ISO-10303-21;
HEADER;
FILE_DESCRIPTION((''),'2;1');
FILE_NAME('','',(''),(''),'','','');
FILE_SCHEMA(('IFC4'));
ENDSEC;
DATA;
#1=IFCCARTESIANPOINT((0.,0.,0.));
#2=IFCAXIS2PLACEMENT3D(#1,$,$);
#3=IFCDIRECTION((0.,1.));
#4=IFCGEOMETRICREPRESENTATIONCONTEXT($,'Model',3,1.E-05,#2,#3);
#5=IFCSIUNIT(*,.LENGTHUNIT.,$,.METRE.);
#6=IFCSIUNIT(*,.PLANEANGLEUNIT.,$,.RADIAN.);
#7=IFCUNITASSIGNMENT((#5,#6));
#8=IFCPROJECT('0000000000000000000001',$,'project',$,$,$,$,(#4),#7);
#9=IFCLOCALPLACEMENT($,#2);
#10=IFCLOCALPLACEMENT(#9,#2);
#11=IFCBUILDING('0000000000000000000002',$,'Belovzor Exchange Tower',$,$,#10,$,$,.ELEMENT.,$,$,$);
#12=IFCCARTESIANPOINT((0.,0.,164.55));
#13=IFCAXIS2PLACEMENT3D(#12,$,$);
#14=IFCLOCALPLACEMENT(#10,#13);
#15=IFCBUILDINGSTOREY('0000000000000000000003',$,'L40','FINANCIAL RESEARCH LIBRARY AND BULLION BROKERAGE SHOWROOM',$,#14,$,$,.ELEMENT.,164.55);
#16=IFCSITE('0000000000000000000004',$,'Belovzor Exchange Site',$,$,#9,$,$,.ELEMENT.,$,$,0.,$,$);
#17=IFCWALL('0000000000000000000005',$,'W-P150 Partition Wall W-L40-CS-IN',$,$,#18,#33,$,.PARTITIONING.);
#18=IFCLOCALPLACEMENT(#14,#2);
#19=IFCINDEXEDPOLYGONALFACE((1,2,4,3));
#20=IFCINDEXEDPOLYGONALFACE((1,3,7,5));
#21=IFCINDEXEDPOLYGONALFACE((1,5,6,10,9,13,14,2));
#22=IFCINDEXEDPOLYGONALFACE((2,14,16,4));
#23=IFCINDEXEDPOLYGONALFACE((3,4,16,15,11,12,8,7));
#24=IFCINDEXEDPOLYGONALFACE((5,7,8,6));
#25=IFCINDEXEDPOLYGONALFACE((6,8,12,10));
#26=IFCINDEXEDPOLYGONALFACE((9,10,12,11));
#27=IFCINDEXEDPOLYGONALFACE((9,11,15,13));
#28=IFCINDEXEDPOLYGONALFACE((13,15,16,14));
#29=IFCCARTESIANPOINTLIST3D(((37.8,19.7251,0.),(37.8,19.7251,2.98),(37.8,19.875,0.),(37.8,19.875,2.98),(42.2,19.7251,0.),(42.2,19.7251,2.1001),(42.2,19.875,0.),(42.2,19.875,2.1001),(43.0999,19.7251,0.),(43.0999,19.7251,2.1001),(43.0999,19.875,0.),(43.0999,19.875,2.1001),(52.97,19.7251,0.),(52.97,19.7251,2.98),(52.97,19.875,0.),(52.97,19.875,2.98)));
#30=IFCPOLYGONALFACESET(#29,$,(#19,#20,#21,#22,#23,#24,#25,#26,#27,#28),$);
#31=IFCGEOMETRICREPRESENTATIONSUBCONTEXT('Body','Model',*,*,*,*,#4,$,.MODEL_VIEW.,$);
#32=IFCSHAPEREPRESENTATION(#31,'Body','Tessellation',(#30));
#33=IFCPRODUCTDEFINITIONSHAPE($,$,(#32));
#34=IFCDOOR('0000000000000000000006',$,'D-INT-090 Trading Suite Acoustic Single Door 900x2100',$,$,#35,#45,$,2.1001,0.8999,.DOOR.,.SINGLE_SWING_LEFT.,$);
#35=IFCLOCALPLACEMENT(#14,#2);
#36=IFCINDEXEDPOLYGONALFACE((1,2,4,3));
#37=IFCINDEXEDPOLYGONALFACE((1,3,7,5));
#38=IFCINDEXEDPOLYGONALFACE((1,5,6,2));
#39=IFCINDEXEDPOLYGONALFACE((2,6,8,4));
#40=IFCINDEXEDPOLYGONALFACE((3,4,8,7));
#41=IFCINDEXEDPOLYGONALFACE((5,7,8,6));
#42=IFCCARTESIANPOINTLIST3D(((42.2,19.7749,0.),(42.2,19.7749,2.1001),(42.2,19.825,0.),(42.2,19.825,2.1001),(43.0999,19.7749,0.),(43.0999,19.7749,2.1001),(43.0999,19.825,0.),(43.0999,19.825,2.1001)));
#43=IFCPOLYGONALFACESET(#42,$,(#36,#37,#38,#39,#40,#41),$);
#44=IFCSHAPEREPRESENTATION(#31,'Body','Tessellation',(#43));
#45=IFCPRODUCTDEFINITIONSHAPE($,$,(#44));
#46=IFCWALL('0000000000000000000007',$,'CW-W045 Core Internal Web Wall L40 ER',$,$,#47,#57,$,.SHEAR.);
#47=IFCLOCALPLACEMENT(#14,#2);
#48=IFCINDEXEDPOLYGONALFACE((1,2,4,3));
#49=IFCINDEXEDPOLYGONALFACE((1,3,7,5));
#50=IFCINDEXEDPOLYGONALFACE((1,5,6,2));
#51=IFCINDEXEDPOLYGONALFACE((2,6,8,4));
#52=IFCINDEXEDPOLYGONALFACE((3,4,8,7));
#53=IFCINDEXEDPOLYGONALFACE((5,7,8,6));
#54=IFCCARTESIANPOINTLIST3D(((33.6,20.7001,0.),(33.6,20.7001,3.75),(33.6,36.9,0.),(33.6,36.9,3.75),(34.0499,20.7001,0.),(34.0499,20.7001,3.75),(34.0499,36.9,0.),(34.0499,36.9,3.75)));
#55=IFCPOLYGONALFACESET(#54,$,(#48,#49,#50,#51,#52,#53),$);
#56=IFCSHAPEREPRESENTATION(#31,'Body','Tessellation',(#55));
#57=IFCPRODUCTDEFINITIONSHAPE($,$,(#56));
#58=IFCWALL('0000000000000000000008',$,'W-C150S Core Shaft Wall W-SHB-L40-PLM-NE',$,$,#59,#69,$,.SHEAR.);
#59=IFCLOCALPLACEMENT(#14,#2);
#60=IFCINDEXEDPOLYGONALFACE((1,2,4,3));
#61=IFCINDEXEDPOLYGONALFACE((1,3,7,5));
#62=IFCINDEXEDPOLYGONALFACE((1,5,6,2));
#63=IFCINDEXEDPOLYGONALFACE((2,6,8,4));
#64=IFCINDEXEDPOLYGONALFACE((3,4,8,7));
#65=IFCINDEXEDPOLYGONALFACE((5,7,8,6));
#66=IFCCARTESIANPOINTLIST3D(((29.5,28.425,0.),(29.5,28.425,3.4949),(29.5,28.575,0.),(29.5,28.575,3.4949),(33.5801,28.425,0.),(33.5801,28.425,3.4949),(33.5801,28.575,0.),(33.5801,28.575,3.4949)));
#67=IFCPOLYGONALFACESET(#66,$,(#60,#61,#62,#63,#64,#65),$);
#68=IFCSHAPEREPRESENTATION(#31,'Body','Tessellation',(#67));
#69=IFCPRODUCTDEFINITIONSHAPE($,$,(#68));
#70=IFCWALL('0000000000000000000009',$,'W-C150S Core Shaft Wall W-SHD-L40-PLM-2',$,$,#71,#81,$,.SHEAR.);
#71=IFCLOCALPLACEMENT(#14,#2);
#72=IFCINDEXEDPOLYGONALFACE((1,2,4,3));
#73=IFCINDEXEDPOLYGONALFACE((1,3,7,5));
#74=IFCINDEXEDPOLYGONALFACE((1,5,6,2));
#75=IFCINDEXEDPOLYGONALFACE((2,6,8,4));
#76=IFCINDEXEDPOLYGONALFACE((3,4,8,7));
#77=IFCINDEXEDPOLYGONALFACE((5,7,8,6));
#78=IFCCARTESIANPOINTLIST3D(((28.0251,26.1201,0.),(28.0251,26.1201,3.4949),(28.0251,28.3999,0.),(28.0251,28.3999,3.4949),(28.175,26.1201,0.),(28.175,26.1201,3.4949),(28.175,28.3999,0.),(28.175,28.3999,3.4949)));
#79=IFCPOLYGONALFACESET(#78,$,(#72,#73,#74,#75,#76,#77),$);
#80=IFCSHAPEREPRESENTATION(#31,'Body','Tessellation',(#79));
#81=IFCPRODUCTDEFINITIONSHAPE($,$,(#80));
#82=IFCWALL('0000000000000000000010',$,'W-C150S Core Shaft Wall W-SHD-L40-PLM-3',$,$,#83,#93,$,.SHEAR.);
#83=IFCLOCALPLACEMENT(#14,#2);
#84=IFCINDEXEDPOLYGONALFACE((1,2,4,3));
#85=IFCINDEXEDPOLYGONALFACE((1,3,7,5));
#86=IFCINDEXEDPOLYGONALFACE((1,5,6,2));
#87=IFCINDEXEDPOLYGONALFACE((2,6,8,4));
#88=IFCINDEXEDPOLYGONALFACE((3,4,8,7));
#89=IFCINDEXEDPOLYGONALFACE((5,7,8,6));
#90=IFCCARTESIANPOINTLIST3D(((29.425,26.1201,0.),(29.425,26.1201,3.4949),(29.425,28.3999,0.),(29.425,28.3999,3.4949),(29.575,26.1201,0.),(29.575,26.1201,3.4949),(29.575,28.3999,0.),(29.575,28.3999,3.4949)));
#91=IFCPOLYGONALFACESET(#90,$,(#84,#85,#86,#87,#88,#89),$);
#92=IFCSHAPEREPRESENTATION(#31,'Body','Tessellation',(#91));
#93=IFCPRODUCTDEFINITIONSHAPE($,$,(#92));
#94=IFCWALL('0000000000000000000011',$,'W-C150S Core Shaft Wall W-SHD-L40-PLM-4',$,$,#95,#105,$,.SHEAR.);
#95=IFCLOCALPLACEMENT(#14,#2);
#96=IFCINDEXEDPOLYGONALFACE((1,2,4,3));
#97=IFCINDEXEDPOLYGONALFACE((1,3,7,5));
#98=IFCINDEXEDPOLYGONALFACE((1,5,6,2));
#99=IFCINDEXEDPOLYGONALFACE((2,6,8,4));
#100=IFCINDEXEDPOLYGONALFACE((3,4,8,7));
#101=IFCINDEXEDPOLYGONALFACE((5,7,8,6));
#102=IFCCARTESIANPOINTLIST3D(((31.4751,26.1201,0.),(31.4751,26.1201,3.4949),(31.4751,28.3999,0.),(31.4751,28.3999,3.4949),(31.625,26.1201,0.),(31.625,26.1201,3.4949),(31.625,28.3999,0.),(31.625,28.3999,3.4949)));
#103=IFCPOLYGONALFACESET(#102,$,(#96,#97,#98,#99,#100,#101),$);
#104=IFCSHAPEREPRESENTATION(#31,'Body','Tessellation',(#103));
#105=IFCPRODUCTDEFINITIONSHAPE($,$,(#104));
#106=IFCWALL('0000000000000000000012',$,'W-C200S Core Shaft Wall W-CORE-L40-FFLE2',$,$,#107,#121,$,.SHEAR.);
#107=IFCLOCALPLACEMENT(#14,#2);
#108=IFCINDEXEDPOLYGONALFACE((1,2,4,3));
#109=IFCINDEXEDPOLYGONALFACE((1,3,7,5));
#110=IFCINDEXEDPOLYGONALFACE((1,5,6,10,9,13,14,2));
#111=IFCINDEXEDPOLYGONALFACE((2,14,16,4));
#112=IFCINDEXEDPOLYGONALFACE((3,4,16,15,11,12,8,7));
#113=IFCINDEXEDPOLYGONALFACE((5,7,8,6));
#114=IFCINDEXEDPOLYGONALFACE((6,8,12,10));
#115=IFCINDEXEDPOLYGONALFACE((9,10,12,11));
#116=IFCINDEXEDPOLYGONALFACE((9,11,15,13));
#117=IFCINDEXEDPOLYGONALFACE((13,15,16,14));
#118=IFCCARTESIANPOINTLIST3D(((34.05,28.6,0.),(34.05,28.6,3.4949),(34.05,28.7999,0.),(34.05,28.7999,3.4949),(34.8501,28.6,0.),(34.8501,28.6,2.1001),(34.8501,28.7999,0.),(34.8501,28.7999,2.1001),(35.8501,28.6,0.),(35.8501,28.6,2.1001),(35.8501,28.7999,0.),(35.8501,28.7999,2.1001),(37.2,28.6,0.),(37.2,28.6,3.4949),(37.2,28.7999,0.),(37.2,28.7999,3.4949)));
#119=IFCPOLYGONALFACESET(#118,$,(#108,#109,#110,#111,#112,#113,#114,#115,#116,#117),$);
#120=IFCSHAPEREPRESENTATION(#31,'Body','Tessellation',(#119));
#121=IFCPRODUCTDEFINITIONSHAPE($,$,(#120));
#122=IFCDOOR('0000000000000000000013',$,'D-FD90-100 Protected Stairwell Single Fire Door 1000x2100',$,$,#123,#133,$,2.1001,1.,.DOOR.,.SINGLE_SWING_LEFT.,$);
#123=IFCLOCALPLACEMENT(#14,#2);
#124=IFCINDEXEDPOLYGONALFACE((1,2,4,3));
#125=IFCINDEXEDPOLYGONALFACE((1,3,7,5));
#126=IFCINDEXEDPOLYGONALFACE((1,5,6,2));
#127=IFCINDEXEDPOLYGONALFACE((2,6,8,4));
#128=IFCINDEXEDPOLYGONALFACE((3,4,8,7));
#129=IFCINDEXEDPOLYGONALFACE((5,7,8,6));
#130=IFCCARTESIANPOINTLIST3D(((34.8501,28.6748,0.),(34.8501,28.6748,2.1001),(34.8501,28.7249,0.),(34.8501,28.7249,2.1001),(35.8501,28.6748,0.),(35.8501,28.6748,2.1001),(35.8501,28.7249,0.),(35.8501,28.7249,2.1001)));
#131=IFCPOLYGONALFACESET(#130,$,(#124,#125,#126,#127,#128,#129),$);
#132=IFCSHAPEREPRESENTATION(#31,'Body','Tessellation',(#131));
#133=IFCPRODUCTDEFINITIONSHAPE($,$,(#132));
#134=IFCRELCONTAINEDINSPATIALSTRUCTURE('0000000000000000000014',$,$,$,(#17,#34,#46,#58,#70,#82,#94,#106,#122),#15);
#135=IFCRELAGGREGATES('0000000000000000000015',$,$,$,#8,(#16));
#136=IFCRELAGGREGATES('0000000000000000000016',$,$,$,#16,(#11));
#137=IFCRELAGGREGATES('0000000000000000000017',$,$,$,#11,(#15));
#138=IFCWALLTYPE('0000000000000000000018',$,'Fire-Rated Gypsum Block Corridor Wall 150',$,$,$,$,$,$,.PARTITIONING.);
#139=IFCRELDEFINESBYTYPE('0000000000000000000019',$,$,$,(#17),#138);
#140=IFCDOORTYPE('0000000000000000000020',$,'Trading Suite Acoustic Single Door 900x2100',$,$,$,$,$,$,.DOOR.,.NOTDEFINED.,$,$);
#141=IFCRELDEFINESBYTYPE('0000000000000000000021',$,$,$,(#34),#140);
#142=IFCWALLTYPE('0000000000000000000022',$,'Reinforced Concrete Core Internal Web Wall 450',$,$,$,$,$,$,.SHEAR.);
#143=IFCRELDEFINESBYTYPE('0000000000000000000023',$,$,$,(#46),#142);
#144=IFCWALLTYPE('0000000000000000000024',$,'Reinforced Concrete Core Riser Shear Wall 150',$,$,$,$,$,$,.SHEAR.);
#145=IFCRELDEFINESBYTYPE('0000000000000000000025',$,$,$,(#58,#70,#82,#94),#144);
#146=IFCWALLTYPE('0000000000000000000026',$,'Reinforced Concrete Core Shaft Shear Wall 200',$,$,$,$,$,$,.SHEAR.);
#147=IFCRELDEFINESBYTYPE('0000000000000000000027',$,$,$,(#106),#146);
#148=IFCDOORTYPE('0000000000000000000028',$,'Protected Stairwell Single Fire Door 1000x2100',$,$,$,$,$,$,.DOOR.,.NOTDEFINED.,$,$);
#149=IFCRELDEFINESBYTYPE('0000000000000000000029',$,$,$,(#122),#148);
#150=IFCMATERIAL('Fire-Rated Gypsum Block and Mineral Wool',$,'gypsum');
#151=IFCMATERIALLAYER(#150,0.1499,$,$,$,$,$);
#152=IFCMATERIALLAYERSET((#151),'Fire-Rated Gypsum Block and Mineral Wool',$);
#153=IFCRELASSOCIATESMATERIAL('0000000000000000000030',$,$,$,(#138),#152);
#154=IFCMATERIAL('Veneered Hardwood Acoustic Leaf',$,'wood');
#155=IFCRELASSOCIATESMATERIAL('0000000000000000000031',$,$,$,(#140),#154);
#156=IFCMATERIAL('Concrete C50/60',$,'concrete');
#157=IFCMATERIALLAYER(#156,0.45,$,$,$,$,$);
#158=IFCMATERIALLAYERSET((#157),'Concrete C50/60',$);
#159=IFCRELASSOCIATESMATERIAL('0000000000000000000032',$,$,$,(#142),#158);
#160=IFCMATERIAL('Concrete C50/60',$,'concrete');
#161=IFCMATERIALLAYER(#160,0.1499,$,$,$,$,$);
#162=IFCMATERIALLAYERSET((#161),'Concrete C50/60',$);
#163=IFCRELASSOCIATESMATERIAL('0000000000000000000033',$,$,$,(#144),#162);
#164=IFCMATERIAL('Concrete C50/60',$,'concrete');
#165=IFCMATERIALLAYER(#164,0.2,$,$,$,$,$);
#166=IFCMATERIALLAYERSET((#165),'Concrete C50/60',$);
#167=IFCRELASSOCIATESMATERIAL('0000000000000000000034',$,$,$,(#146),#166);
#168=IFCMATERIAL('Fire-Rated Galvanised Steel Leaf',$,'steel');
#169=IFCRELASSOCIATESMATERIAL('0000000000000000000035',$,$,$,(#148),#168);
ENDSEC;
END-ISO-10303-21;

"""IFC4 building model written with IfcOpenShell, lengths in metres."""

from ifc_helpers import new_model, si_unit, direction, frame, frame_2d, origin, place, context, subcontext, project, spatial, rectangle, extrude, material, layer, layer_set, type_object, element, fill, save


model = new_model("IFC4")

# Units and contexts
model_context = context("Model", 3, precision=1e-05, world=origin(), true_north=direction((0.0, 1.0)))
body_context = subcontext(model_context, "Body", "Model", "MODEL_VIEW")
ifc_project = project(units=[si_unit("LENGTHUNIT", "METRE"), si_unit("PLANEANGLEUNIT", "RADIAN")], contexts=[model_context])

# Site, building, storey
site_placement = place(None, origin())
site = spatial("IfcSite", under=ifc_project, at=site_placement, Name="Belovzor Exchange Site", CompositionType="ELEMENT", RefElevation=0.0)
building_placement = place(site_placement, origin())
building = spatial("IfcBuilding", under=site, at=building_placement, Name="Belovzor Exchange Tower", CompositionType="ELEMENT")
storey_placement = place(building_placement, frame((0.0, 0.0, 164.55)))
storey = spatial("IfcBuildingStorey", under=building, at=storey_placement, Name="L40", Description="FINANCIAL RESEARCH LIBRARY AND BULLION BROKERAGE SHOWROOM", CompositionType="ELEMENT", Elevation=164.55)

# Shared definitions
ifc_material_1 = material(Name="Fire-Rated Gypsum Block and Mineral Wool", Category="gypsum")
ifc_layer_1 = layer(ifc_material_1, 0.1499)
ifc_layer_set_1 = layer_set([ifc_layer_1], Name="Fire-Rated Gypsum Block and Mineral Wool")
wall_type_1 = type_object("IfcWallType", Name="Fire-Rated Gypsum Block Corridor Wall 150", PredefinedType="PARTITIONING", material=ifc_layer_set_1)

# Wall, opening, door
wall_1_placement = place(storey_placement, frame((37.8, 19.8, 0.0), z_axis=(0.0, 0.0, 1.0), x_axis=(1.0, 0.0, 0.0)))
wall_1 = element("IfcWall", 1, at=wall_1_placement, inside=storey, type_object=wall_type_1, Name="W-P150 Partition Wall W-L40-CS-IN", PredefinedType="PARTITIONING", context=body_context, shape_type="SweptSolid", body=[
    extrude(rectangle(XDim=15.1699, YDim=0.1499, at=frame_2d((7.585, 0.0))), origin(), (0.0, 0.0, 1.0), 2.98),
])
opening_1_placement = place(wall_1_placement, frame((4.3999, 0.0, 0.0)))
opening_1 = element("IfcOpeningElement", 2, at=opening_1_placement, cuts=wall_1, PredefinedType="OPENING", context=body_context, shape_type="SweptSolid", body=[
    extrude(rectangle(XDim=0.8999, YDim=2.1001, at=frame_2d((0.45, 1.05))), frame((0.0, 0.085, 0.0), z_axis=(0.0, -1.0, 0.0), x_axis=(1.0, 0.0, 0.0)), (0.0, 0.0, 1.0), 0.1699),
])
ifc_material_2 = material(Name="Veneered Hardwood Acoustic Leaf", Category="wood")
door_type_1 = type_object("IfcDoorType", Name="Trading Suite Acoustic Single Door 900x2100", OperationType="NOTDEFINED", PredefinedType="DOOR", material=ifc_material_2)
door_1_placement = place(opening_1_placement, origin())
door_1 = element("IfcDoor", 3, at=door_1_placement, inside=storey, type_object=door_type_1, Name="D-INT-090 Trading Suite Acoustic Single Door 900x2100", OperationType="SINGLE_SWING_LEFT", OverallHeight=2.1001, OverallWidth=0.8999, PredefinedType="DOOR", context=body_context, shape_type="SweptSolid", body=[
    extrude(rectangle(XDim=0.8999, YDim=2.1001, at=frame_2d((0.45, 1.05))), frame((0.0, 0.0249, 0.0), z_axis=(0.0, -1.0, 0.0), x_axis=(1.0, 0.0, 0.0)), (0.0, 0.0, 1.0), 0.05),
])
fill(opening_1, door_1)

# Walls
ifc_material_3 = material(Name="Concrete C50/60", Category="concrete")
ifc_layer_2 = layer(ifc_material_3, 0.45)
ifc_layer_set_2 = layer_set([ifc_layer_2], Name="Concrete C50/60")
wall_type_2 = type_object("IfcWallType", Name="Reinforced Concrete Core Internal Web Wall 450", PredefinedType="SHEAR", material=ifc_layer_set_2)
wall_2_placement = place(storey_placement, frame((33.825, 20.7, 0.0), z_axis=(0.0, 0.0, 1.0), x_axis=(0.0, 1.0, 0.0)))
element("IfcWall", 4, at=wall_2_placement, inside=storey, type_object=wall_type_2, Name="CW-W045 Core Internal Web Wall L40 ER", PredefinedType="SHEAR", context=body_context, shape_type="SweptSolid", body=[
    extrude(rectangle(XDim=16.2, YDim=0.45, at=frame_2d((8.1001, 0.0))), origin(), (0.0, 0.0, 1.0), 3.75),
])
ifc_material_4 = material(Name="Concrete C50/60", Category="concrete")
ifc_layer_3 = layer(ifc_material_4, 0.1499)
ifc_layer_set_3 = layer_set([ifc_layer_3], Name="Concrete C50/60")
wall_type_3 = type_object("IfcWallType", Name="Reinforced Concrete Core Riser Shear Wall 150", PredefinedType="SHEAR", material=ifc_layer_set_3)
wall_3_placement = place(storey_placement, frame((29.5, 28.5, 0.0), z_axis=(0.0, 0.0, 1.0), x_axis=(1.0, 0.0, 0.0)))
element("IfcWall", 5, at=wall_3_placement, inside=storey, type_object=wall_type_3, Name="W-C150S Core Shaft Wall W-SHB-L40-PLM-NE", PredefinedType="SHEAR", context=body_context, shape_type="SweptSolid", body=[
    extrude(rectangle(XDim=4.0801, YDim=0.1499, at=frame_2d((2.04, 0.0))), origin(), (0.0, 0.0, 1.0), 3.4949),
])
for number, where, z_axis, x_axis, name in (
    (6, (28.1001, 26.1201, 0.0), (0.0, 0.0, 1.0), (0.0, 1.0, 0.0), "W-C150S Core Shaft Wall W-SHD-L40-PLM-2"),
    (7, (29.5, 26.1201, 0.0), (0.0, 0.0, 1.0), (0.0, 1.0, 0.0), "W-C150S Core Shaft Wall W-SHD-L40-PLM-3"),
    (8, (31.55, 26.1201, 0.0), (0.0, 0.0, 1.0), (0.0, 1.0, 0.0), "W-C150S Core Shaft Wall W-SHD-L40-PLM-4"),
):
    element("IfcWall", number, at=place(storey_placement, frame(where, z_axis=z_axis, x_axis=x_axis)), inside=storey, type_object=wall_type_3, Name=name, PredefinedType="SHEAR", context=body_context, shape_type="SweptSolid", body=[
        extrude(rectangle(XDim=2.2798, YDim=0.1499, at=frame_2d((1.1399, 0.0))), origin(), (0.0, 0.0, 1.0), 3.4949),
    ])

# Wall, opening, door
ifc_material_5 = material(Name="Concrete C50/60", Category="concrete")
ifc_layer_4 = layer(ifc_material_5, 0.2)
ifc_layer_set_4 = layer_set([ifc_layer_4], Name="Concrete C50/60")
wall_type_4 = type_object("IfcWallType", Name="Reinforced Concrete Core Shaft Shear Wall 200", PredefinedType="SHEAR", material=ifc_layer_set_4)
wall_4_placement = place(storey_placement, frame((34.05, 28.7, 0.0), z_axis=(0.0, 0.0, 1.0), x_axis=(1.0, 0.0, 0.0)))
wall_4 = element("IfcWall", 9, at=wall_4_placement, inside=storey, type_object=wall_type_4, Name="W-C200S Core Shaft Wall W-CORE-L40-FFLE2", PredefinedType="SHEAR", context=body_context, shape_type="SweptSolid", body=[
    extrude(rectangle(XDim=3.1499, YDim=0.2, at=frame_2d((1.575, 0.0))), origin(), (0.0, 0.0, 1.0), 3.4949),
])
opening_2_placement = place(wall_4_placement, frame((0.8, 0.0, 0.0)))
opening_2 = element("IfcOpeningElement", 10, at=opening_2_placement, cuts=wall_4, PredefinedType="OPENING", context=body_context, shape_type="SweptSolid", body=[
    extrude(rectangle(XDim=1.0, YDim=2.1001, at=frame_2d((0.5, 1.05))), frame((0.0, 0.1099, 0.0), z_axis=(0.0, -1.0, 0.0), x_axis=(1.0, 0.0, 0.0)), (0.0, 0.0, 1.0), 0.22),
])
ifc_material_6 = material(Name="Fire-Rated Galvanised Steel Leaf", Category="steel")
door_type_2 = type_object("IfcDoorType", Name="Protected Stairwell Single Fire Door 1000x2100", OperationType="NOTDEFINED", PredefinedType="DOOR", material=ifc_material_6)
door_2_placement = place(opening_2_placement, origin())
door_2 = element("IfcDoor", 11, at=door_2_placement, inside=storey, type_object=door_type_2, Name="D-FD90-100 Protected Stairwell Single Fire Door 1000x2100", OperationType="SINGLE_SWING_LEFT", OverallHeight=2.1001, OverallWidth=1.0, PredefinedType="DOOR", context=body_context, shape_type="SweptSolid", body=[
    extrude(rectangle(XDim=1.0, YDim=2.1001, at=frame_2d((0.5, 1.05))), frame((0.0, 0.0249, 0.0), z_axis=(0.0, -1.0, 0.0), x_axis=(1.0, 0.0, 0.0)), (0.0, 0.0, 1.0), 0.05),
])
fill(opening_2, door_2)

save(model, "model.ifc")
